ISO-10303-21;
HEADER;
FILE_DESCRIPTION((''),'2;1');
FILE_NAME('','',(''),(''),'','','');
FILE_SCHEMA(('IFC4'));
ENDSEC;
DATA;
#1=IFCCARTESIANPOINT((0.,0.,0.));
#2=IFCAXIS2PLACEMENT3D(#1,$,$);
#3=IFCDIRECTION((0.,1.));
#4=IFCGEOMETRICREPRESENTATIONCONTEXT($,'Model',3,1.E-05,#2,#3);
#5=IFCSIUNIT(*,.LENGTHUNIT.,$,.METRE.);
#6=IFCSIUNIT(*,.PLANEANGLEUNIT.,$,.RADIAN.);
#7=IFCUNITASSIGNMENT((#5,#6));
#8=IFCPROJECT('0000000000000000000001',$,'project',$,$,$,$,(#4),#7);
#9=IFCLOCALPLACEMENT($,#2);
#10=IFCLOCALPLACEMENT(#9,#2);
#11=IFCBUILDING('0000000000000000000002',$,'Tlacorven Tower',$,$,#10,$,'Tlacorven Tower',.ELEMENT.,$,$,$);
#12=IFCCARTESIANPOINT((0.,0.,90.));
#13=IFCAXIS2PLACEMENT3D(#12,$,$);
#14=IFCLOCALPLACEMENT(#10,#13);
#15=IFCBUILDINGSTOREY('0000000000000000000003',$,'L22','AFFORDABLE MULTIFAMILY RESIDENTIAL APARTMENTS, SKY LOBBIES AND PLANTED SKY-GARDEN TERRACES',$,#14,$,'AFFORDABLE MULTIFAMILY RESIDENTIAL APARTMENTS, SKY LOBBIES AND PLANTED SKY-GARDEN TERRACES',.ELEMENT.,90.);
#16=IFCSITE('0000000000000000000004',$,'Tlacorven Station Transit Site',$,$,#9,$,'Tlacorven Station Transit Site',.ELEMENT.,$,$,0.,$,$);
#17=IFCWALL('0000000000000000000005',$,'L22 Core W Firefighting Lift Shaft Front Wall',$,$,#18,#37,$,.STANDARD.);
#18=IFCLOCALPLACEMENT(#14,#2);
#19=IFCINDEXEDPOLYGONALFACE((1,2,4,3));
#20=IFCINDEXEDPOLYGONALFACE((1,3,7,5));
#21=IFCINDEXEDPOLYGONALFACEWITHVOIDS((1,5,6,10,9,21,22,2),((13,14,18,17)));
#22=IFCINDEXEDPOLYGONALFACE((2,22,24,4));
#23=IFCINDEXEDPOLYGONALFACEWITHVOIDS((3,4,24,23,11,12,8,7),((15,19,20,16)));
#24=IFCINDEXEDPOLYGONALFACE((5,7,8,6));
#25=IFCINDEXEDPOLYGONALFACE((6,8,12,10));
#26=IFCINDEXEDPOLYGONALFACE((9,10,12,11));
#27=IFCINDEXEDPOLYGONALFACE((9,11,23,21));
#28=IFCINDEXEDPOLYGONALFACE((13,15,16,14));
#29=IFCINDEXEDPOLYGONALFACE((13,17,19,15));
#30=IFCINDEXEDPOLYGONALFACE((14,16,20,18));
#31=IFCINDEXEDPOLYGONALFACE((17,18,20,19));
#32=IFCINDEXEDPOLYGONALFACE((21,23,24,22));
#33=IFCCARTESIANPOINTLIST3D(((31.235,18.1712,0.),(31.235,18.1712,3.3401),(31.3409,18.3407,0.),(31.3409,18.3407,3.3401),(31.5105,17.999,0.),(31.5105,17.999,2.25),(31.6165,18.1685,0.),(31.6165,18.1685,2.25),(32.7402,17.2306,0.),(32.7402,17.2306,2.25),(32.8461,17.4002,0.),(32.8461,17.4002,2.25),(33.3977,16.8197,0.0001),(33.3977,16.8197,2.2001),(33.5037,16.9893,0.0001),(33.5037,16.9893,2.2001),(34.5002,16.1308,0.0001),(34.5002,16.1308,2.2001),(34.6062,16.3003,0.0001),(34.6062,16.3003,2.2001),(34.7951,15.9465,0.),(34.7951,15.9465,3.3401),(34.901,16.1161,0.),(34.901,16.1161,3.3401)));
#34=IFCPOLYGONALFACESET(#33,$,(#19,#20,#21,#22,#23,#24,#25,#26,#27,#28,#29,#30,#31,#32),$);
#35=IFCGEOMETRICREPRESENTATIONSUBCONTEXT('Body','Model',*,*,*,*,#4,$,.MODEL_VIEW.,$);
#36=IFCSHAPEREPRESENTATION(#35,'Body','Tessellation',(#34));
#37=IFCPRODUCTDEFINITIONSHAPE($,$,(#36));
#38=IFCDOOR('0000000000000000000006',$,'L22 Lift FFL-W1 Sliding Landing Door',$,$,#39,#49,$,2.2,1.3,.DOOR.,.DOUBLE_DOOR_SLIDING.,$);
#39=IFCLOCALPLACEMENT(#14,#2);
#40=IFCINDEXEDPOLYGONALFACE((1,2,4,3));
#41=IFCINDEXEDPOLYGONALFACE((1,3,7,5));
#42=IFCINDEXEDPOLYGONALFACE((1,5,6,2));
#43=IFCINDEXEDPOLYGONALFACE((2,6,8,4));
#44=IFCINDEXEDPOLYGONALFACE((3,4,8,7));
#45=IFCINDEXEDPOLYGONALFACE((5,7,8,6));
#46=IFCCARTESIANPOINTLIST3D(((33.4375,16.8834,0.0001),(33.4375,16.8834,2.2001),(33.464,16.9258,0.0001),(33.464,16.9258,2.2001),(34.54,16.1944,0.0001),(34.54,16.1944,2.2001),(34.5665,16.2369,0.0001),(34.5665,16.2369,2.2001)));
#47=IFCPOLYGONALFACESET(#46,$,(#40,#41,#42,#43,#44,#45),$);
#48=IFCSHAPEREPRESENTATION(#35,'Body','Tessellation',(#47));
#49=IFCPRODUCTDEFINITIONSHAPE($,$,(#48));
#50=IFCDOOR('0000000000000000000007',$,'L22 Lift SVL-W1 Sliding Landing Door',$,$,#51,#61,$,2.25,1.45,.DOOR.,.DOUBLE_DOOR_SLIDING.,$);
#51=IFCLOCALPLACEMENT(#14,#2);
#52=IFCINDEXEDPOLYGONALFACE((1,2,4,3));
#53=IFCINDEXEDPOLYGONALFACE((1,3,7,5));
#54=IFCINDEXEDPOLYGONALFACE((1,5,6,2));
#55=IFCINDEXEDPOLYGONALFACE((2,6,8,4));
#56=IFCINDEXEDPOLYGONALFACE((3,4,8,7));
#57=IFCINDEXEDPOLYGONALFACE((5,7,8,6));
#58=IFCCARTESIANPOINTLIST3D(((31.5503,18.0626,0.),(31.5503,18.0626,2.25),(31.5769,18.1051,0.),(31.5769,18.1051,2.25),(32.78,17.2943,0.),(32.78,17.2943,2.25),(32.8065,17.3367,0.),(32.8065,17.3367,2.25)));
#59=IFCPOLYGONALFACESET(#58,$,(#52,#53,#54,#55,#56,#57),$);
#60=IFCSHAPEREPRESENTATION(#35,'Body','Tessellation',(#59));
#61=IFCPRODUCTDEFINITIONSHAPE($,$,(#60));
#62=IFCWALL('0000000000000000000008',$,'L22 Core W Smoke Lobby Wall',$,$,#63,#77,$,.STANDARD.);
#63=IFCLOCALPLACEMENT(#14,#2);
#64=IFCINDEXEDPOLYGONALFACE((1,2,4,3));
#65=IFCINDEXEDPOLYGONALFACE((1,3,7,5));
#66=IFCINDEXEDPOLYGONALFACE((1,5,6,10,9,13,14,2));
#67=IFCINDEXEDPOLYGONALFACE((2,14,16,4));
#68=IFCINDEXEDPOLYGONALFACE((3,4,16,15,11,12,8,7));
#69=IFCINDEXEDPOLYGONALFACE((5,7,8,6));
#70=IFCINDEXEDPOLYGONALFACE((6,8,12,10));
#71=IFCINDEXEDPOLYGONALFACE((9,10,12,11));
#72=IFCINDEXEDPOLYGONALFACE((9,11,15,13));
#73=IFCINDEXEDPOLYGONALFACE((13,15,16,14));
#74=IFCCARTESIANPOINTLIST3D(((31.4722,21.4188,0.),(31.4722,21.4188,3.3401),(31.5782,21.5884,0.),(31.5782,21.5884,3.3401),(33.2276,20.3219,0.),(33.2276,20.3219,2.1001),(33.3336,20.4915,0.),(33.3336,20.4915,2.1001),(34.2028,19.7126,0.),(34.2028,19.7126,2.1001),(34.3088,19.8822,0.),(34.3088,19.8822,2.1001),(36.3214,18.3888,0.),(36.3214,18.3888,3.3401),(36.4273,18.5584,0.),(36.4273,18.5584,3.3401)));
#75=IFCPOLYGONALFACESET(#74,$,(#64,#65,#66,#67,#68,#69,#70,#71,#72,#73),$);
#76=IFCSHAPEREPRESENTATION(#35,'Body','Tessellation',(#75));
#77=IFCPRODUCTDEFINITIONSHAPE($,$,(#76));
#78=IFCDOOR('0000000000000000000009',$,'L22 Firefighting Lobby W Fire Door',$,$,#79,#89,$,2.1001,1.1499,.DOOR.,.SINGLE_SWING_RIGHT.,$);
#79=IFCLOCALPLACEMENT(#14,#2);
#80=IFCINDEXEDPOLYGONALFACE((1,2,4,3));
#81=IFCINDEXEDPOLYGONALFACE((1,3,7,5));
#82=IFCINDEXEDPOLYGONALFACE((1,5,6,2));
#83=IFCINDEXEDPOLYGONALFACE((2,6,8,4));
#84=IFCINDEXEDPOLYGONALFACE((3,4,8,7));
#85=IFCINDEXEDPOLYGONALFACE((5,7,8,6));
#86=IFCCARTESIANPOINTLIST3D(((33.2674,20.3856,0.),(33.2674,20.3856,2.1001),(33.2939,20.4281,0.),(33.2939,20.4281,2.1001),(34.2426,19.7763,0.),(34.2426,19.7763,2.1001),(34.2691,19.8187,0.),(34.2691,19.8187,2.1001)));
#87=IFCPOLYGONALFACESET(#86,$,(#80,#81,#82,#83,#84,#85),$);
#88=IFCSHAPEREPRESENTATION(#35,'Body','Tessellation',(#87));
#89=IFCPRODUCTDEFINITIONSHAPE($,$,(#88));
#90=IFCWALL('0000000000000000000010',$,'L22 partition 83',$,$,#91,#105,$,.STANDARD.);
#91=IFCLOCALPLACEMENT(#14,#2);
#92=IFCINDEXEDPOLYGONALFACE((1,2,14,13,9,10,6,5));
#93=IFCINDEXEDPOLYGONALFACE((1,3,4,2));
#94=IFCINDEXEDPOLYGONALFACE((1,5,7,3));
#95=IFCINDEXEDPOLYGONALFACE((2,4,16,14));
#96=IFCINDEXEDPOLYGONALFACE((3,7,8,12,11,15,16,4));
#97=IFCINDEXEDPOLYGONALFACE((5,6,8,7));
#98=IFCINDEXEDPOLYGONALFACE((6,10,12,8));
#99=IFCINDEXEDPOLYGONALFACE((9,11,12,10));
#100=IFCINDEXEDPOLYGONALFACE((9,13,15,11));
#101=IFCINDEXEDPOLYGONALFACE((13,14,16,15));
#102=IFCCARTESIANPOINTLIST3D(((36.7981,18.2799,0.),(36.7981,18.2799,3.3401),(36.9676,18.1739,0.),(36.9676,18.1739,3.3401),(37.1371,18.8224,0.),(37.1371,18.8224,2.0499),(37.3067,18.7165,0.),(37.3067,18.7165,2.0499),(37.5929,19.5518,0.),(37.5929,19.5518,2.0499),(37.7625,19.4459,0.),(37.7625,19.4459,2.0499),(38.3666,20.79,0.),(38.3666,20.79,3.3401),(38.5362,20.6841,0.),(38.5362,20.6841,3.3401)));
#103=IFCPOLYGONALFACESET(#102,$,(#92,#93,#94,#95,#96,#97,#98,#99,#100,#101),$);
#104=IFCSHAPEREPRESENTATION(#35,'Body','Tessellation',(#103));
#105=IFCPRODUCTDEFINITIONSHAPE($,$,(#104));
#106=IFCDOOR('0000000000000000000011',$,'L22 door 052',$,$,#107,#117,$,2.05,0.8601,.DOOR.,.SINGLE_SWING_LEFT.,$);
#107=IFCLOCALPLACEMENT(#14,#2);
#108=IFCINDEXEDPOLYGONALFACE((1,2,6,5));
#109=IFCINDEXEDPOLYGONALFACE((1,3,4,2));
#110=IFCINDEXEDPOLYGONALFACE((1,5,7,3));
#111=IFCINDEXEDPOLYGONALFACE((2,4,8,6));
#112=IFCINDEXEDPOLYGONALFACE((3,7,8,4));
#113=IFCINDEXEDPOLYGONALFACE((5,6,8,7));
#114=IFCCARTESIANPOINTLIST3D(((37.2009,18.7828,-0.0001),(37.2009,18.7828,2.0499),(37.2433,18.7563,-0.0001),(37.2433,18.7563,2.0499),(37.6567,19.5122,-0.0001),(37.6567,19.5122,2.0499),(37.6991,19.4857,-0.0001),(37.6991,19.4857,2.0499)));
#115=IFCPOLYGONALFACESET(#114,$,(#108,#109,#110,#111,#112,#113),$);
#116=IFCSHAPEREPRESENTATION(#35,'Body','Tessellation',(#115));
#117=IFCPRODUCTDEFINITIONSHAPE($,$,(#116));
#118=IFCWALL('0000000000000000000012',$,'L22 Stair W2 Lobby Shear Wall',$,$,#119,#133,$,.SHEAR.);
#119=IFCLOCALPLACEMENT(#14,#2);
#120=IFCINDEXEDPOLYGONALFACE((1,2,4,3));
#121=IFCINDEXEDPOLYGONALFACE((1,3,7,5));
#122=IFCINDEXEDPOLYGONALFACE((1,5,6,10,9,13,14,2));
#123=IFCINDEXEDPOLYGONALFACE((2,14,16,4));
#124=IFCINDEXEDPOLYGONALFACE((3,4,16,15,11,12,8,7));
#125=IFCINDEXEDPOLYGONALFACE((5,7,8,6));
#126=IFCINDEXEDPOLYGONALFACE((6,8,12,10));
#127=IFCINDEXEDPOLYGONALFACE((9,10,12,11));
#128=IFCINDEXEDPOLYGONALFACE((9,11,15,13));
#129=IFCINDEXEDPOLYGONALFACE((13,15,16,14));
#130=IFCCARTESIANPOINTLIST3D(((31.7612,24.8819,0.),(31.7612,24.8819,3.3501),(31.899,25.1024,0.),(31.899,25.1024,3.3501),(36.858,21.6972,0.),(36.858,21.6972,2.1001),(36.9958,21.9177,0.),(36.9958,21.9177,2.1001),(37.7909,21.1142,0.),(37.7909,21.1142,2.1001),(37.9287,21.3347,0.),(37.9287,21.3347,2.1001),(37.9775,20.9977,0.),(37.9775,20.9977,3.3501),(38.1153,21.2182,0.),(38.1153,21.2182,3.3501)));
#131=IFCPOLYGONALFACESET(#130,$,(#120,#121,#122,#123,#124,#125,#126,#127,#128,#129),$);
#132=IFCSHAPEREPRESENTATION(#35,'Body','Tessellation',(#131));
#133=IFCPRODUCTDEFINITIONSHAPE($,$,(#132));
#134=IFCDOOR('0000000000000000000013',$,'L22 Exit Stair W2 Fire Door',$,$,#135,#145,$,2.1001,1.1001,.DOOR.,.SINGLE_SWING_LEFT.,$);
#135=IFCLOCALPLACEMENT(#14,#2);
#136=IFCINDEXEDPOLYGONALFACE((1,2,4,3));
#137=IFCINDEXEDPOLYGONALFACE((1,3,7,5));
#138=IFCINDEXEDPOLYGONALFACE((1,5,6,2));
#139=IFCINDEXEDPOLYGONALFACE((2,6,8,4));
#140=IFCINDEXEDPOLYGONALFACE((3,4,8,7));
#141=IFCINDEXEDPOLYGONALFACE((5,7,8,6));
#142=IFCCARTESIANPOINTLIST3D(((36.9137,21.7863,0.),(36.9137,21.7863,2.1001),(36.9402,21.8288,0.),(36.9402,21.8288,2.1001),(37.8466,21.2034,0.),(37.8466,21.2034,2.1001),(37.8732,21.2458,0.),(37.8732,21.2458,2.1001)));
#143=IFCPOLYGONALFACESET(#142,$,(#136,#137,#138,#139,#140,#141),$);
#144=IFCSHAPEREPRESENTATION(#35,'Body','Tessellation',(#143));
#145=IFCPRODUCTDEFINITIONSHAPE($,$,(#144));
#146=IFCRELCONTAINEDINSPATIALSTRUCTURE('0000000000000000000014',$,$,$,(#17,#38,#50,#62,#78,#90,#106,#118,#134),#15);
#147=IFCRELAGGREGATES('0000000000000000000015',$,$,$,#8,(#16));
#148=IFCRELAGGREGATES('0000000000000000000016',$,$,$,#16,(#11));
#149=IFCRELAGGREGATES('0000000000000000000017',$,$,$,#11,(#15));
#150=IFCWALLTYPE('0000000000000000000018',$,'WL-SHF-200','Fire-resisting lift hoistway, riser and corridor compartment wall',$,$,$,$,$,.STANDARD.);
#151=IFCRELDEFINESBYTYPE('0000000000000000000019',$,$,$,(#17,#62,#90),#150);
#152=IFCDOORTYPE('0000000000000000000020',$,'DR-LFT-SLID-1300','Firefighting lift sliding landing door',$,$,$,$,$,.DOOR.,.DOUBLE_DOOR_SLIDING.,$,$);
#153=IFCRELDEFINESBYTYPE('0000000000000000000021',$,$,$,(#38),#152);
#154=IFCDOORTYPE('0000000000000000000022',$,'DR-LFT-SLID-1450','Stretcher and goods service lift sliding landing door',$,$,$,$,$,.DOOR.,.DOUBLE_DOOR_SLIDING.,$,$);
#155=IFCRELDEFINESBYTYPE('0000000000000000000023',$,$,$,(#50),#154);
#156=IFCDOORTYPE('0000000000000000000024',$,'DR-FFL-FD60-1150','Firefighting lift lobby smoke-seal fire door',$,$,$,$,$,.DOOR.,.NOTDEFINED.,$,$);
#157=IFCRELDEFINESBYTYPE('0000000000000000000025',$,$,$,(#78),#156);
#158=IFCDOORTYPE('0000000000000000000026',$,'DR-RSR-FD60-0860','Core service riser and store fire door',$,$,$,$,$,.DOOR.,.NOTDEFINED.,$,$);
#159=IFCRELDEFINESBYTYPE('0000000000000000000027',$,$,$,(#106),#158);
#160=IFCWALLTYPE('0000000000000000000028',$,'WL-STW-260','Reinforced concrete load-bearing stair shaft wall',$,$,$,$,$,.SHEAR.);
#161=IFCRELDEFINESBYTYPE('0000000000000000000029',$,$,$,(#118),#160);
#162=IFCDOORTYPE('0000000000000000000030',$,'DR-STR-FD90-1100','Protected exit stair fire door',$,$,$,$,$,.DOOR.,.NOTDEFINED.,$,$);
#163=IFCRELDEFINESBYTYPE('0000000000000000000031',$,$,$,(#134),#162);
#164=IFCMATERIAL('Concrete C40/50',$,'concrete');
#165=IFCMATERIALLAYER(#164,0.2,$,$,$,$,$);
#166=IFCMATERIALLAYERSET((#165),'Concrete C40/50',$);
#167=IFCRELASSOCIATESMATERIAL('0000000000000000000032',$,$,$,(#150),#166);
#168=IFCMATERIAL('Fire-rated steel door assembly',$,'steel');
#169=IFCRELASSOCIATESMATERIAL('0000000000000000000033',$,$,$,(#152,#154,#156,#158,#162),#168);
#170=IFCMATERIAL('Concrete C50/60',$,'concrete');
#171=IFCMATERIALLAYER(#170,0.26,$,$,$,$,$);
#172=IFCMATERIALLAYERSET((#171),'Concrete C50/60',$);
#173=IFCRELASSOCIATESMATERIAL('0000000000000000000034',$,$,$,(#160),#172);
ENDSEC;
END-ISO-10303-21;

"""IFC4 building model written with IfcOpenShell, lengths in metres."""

from ifc_helpers import new_model, si_unit, direction, frame, frame_2d, origin, place, context, subcontext, project, spatial, rectangle, extrude, source, transform, mapped, material, layer, layer_set, type_object, element, fill, save


model = new_model("IFC4")

# Units and contexts
model_context = context("Model", 3, precision=1e-05, world=origin(), true_north=direction((0.0, 1.0)))
body_context = subcontext(model_context, "Body", "Model", "MODEL_VIEW")
ifc_project = project(units=[si_unit("LENGTHUNIT", "METRE"), si_unit("PLANEANGLEUNIT", "RADIAN")], contexts=[model_context])

# Site, building, storey
site_placement = place(None, origin())
site = spatial("IfcSite", under=ifc_project, at=site_placement, Name="Tlacorven Station Transit Site", LongName="Tlacorven Station Transit Site", CompositionType="ELEMENT", RefElevation=0.0)
building_placement = place(site_placement, origin())
building = spatial("IfcBuilding", under=site, at=building_placement, Name="Tlacorven Tower", LongName="Tlacorven Tower", CompositionType="ELEMENT")
storey_placement = place(building_placement, frame((0.0, 0.0, 90.0)))
storey = spatial("IfcBuildingStorey", under=building, at=storey_placement, Name="L22", Description="AFFORDABLE MULTIFAMILY RESIDENTIAL APARTMENTS, SKY LOBBIES AND PLANTED SKY-GARDEN TERRACES", LongName="AFFORDABLE MULTIFAMILY RESIDENTIAL APARTMENTS, SKY LOBBIES AND PLANTED SKY-GARDEN TERRACES", CompositionType="ELEMENT", Elevation=90.0)

# Shared definitions
ifc_material_1 = material(Name="Fire-rated steel door assembly", Category="steel")

# Wall, openings, doors
ifc_material_2 = material(Name="Concrete C40/50", Category="concrete")
ifc_layer_1 = layer(ifc_material_2, 0.2)
ifc_layer_set_1 = layer_set([ifc_layer_1], Name="Concrete C40/50")
wall_type_1 = type_object("IfcWallType", Name="WL-SHF-200", Description="Fire-resisting lift hoistway, riser and corridor compartment wall", PredefinedType="STANDARD", material=ifc_layer_set_1)
wall_1_placement = place(storey_placement, frame((34.8481, 16.0312, 0.0), z_axis=(0.0, 0.0, 1.0), x_axis=(-0.848044, 0.529926, 0.0)))
wall_1 = element("IfcWall", 1, at=wall_1_placement, inside=storey, type_object=wall_type_1, Name="L22 Core W Firefighting Lift Shaft Front Wall", PredefinedType="STANDARD", context=body_context, shape_type="SweptSolid", body=[
    extrude(rectangle(XDim=4.198, YDim=0.2, at=frame_2d((2.0991, 0.0))), origin(), (0.0, 0.0, 1.0), 3.3401),
])
opening_1_placement = place(wall_1_placement, frame((0.3479, 0.0, 0.0)))
opening_1 = element("IfcOpeningElement", 2, at=opening_1_placement, cuts=wall_1, PredefinedType="OPENING", context=body_context, shape_type="SweptSolid", body=[
    extrude(rectangle(XDim=1.3, YDim=2.2, at=frame_2d((0.6499, 1.1001))), frame((0.0, 0.1099, 0.0), z_axis=(0.0, -1.0, 0.0), x_axis=(1.0, 0.0, 0.0)), (0.0, 0.0, 1.0), 0.22),
])
opening_2_placement = place(wall_1_placement, frame((2.4231, 0.0, 0.0)))
opening_2 = element("IfcOpeningElement", 3, at=opening_2_placement, cuts=wall_1, PredefinedType="OPENING", context=body_context, shape_type="SweptSolid", body=[
    extrude(rectangle(XDim=1.45, YDim=2.25, at=frame_2d((0.7251, 1.125))), frame((0.0, 0.1099, 0.0), z_axis=(0.0, -1.0, 0.0), x_axis=(1.0, 0.0, 0.0)), (0.0, 0.0, 1.0), 0.22),
])
door_type_1 = type_object("IfcDoorType", Name="DR-LFT-SLID-1300", Description="Firefighting lift sliding landing door", OperationType="DOUBLE_DOOR_SLIDING", PredefinedType="DOOR", material=ifc_material_1)
shared_shape_1 = source(origin(), body_context, "Body", "SweptSolid", [
    extrude(rectangle(XDim=1.3, YDim=2.2, at=frame_2d((0.6499, 1.1001))), frame((0.0, 0.0249, 0.0), z_axis=(0.0, -1.0, 0.0), x_axis=(1.0, 0.0, 0.0)), (0.0, 0.0, 1.0), 0.05),
])
door_1_placement = place(opening_1_placement, origin())
door_1 = element("IfcDoor", 4, at=door_1_placement, inside=storey, type_object=door_type_1, Name="L22 Lift FFL-W1 Sliding Landing Door", OperationType="DOUBLE_DOOR_SLIDING", OverallHeight=2.2, OverallWidth=1.3, PredefinedType="DOOR", context=body_context, shape_type="MappedRepresentation", body=[
    mapped(shared_shape_1, transform((0.0, 0.0, 0.0), scale=1.0)),
])
fill(opening_1, door_1)
door_type_2 = type_object("IfcDoorType", Name="DR-LFT-SLID-1450", Description="Stretcher and goods service lift sliding landing door", OperationType="DOUBLE_DOOR_SLIDING", PredefinedType="DOOR", material=ifc_material_1)
shared_shape_2 = source(origin(), body_context, "Body", "SweptSolid", [
    extrude(rectangle(XDim=1.45, YDim=2.25, at=frame_2d((0.7251, 1.125))), frame((0.0, 0.0249, 0.0), z_axis=(0.0, -1.0, 0.0), x_axis=(1.0, 0.0, 0.0)), (0.0, 0.0, 1.0), 0.05),
])
door_2_placement = place(opening_2_placement, origin())
door_2 = element("IfcDoor", 5, at=door_2_placement, inside=storey, type_object=door_type_2, Name="L22 Lift SVL-W1 Sliding Landing Door", OperationType="DOUBLE_DOOR_SLIDING", OverallHeight=2.25, OverallWidth=1.45, PredefinedType="DOOR", context=body_context, shape_type="MappedRepresentation", body=[
    mapped(shared_shape_2, transform((0.0, 0.0, 0.0), scale=1.0)),
])
fill(opening_2, door_2)

# Walls, openings, doors
wall_2_placement = place(storey_placement, frame((36.3743, 18.4736, 0.0), z_axis=(0.0, 0.0, 1.0), x_axis=(-0.848051, 0.529915, 0.0)))
wall_2 = element("IfcWall", 6, at=wall_2_placement, inside=storey, type_object=wall_type_1, Name="L22 Core W Smoke Lobby Wall", PredefinedType="STANDARD", context=body_context, shape_type="SweptSolid", body=[
    extrude(rectangle(XDim=5.718, YDim=0.2, at=frame_2d((2.8589, 0.0))), origin(), (0.0, 0.0, 1.0), 3.3401),
])
opening_3_placement = place(wall_2_placement, frame((2.498, 0.0, 0.0)))
opening_3 = element("IfcOpeningElement", 7, at=opening_3_placement, cuts=wall_2, PredefinedType="OPENING", context=body_context, shape_type="SweptSolid", body=[
    extrude(rectangle(XDim=1.1499, YDim=2.1001, at=frame_2d((0.575, 1.05))), frame((0.0, 0.1099, 0.0), z_axis=(0.0, -1.0, 0.0), x_axis=(1.0, 0.0, 0.0)), (0.0, 0.0, 1.0), 0.22),
])
door_type_3 = type_object("IfcDoorType", Name="DR-FFL-FD60-1150", Description="Firefighting lift lobby smoke-seal fire door", OperationType="NOTDEFINED", PredefinedType="DOOR", material=ifc_material_1)
shared_shape_3 = source(origin(), body_context, "Body", "SweptSolid", [
    extrude(rectangle(XDim=1.1499, YDim=2.1001, at=frame_2d((0.575, 1.05))), frame((0.0, 0.0249, 0.0), z_axis=(0.0, -1.0, 0.0), x_axis=(1.0, 0.0, 0.0)), (0.0, 0.0, 1.0), 0.05),
])
door_3_placement = place(opening_3_placement, origin())
door_3 = element("IfcDoor", 8, at=door_3_placement, inside=storey, type_object=door_type_3, Name="L22 Firefighting Lobby W Fire Door", OperationType="SINGLE_SWING_RIGHT", OverallHeight=2.1001, OverallWidth=1.1499, PredefinedType="DOOR", context=body_context, shape_type="MappedRepresentation", body=[
    mapped(shared_shape_3, transform((0.0, 0.0, 0.0), scale=1.0)),
])
fill(opening_3, door_3)
wall_3_placement = place(storey_placement, frame((38.4514, 20.7371, 0.0), z_axis=(0.0, 0.0, 1.0), x_axis=(-0.529925, -0.848045, 0.0)))
wall_3 = element("IfcWall", 9, at=wall_3_placement, inside=storey, type_object=wall_type_1, Name="L22 partition 83", PredefinedType="STANDARD", context=body_context, shape_type="SweptSolid", body=[
    extrude(rectangle(XDim=2.96, YDim=0.2, at=frame_2d((1.48, 0.0))), origin(), (0.0, 0.0, 1.0), 3.3401),
])
opening_4_placement = place(wall_3_placement, frame((1.46, 0.0, 0.0)))
opening_4 = element("IfcOpeningElement", 10, at=opening_4_placement, cuts=wall_3, PredefinedType="OPENING", context=body_context, shape_type="SweptSolid", body=[
    extrude(rectangle(XDim=0.8601, YDim=2.05, at=frame_2d((0.4302, 1.0249))), frame((0.0, 0.1099, 0.0), z_axis=(0.0, -1.0, 0.0), x_axis=(1.0, 0.0, 0.0)), (0.0, 0.0, 1.0), 0.22),
])
door_type_4 = type_object("IfcDoorType", Name="DR-RSR-FD60-0860", Description="Core service riser and store fire door", OperationType="NOTDEFINED", PredefinedType="DOOR", material=ifc_material_1)
shared_shape_4 = source(origin(), body_context, "Body", "SweptSolid", [
    extrude(rectangle(XDim=0.8601, YDim=2.05, at=frame_2d((0.4302, 1.0249))), frame((0.0, 0.0249, 0.0), z_axis=(0.0, -1.0, 0.0), x_axis=(1.0, 0.0, 0.0)), (0.0, 0.0, 1.0), 0.05),
])
door_4_placement = place(opening_4_placement, frame((0.8601, 0.0, 0.0), z_axis=(0.0, 0.0, 1.0), x_axis=(-1.0, 0.0, 0.0)))
door_4 = element("IfcDoor", 11, at=door_4_placement, inside=storey, type_object=door_type_4, Name="L22 door 052", OperationType="SINGLE_SWING_LEFT", OverallHeight=2.05, OverallWidth=0.8601, PredefinedType="DOOR", context=body_context, shape_type="MappedRepresentation", body=[
    mapped(shared_shape_4, transform((0.0, 0.0, 0.0), scale=1.0)),
])
fill(opening_4, door_4)
ifc_material_3 = material(Name="Concrete C50/60", Category="concrete")
ifc_layer_2 = layer(ifc_material_3, 0.26)
ifc_layer_set_2 = layer_set([ifc_layer_2], Name="Concrete C50/60")
wall_type_2 = type_object("IfcWallType", Name="WL-STW-260", Description="Reinforced concrete load-bearing stair shaft wall", PredefinedType="SHEAR", material=ifc_layer_set_2)
wall_4_placement = place(storey_placement, frame((38.0464, 21.1079, 0.0), z_axis=(0.0, 0.0, 1.0), x_axis=(-0.848054, 0.529909, 0.0)))
wall_4 = element("IfcWall", 12, at=wall_4_placement, inside=storey, type_object=wall_type_2, Name="L22 Stair W2 Lobby Shear Wall", PredefinedType="SHEAR", context=body_context, shape_type="SweptSolid", body=[
    extrude(rectangle(XDim=7.3301, YDim=0.26, at=frame_2d((3.665, 0.0))), origin(), (0.0, 0.0, 1.0), 3.3501),
])
opening_5_placement = place(wall_4_placement, frame((0.22, 0.0, 0.0)))
opening_5 = element("IfcOpeningElement", 13, at=opening_5_placement, cuts=wall_4, PredefinedType="OPENING", context=body_context, shape_type="SweptSolid", body=[
    extrude(rectangle(XDim=1.1001, YDim=2.1001, at=frame_2d((0.55, 1.05))), frame((0.0, 0.1401, 0.0), z_axis=(0.0, -1.0, 0.0), x_axis=(1.0, 0.0, 0.0)), (0.0, 0.0, 1.0), 0.28),
])
door_type_5 = type_object("IfcDoorType", Name="DR-STR-FD90-1100", Description="Protected exit stair fire door", OperationType="NOTDEFINED", PredefinedType="DOOR", material=ifc_material_1)
shared_shape_5 = source(origin(), body_context, "Body", "SweptSolid", [
    extrude(rectangle(XDim=1.1001, YDim=2.1001, at=frame_2d((0.55, 1.05))), frame((0.0, 0.0249, 0.0), z_axis=(0.0, -1.0, 0.0), x_axis=(1.0, 0.0, 0.0)), (0.0, 0.0, 1.0), 0.05),
])
door_5_placement = place(opening_5_placement, origin())
door_5 = element("IfcDoor", 14, at=door_5_placement, inside=storey, type_object=door_type_5, Name="L22 Exit Stair W2 Fire Door", OperationType="SINGLE_SWING_LEFT", OverallHeight=2.1001, OverallWidth=1.1001, PredefinedType="DOOR", context=body_context, shape_type="MappedRepresentation", body=[
    mapped(shared_shape_5, transform((0.0, 0.0, 0.0), scale=1.0)),
])
fill(opening_5, door_5)

save(model, "model.ifc")
